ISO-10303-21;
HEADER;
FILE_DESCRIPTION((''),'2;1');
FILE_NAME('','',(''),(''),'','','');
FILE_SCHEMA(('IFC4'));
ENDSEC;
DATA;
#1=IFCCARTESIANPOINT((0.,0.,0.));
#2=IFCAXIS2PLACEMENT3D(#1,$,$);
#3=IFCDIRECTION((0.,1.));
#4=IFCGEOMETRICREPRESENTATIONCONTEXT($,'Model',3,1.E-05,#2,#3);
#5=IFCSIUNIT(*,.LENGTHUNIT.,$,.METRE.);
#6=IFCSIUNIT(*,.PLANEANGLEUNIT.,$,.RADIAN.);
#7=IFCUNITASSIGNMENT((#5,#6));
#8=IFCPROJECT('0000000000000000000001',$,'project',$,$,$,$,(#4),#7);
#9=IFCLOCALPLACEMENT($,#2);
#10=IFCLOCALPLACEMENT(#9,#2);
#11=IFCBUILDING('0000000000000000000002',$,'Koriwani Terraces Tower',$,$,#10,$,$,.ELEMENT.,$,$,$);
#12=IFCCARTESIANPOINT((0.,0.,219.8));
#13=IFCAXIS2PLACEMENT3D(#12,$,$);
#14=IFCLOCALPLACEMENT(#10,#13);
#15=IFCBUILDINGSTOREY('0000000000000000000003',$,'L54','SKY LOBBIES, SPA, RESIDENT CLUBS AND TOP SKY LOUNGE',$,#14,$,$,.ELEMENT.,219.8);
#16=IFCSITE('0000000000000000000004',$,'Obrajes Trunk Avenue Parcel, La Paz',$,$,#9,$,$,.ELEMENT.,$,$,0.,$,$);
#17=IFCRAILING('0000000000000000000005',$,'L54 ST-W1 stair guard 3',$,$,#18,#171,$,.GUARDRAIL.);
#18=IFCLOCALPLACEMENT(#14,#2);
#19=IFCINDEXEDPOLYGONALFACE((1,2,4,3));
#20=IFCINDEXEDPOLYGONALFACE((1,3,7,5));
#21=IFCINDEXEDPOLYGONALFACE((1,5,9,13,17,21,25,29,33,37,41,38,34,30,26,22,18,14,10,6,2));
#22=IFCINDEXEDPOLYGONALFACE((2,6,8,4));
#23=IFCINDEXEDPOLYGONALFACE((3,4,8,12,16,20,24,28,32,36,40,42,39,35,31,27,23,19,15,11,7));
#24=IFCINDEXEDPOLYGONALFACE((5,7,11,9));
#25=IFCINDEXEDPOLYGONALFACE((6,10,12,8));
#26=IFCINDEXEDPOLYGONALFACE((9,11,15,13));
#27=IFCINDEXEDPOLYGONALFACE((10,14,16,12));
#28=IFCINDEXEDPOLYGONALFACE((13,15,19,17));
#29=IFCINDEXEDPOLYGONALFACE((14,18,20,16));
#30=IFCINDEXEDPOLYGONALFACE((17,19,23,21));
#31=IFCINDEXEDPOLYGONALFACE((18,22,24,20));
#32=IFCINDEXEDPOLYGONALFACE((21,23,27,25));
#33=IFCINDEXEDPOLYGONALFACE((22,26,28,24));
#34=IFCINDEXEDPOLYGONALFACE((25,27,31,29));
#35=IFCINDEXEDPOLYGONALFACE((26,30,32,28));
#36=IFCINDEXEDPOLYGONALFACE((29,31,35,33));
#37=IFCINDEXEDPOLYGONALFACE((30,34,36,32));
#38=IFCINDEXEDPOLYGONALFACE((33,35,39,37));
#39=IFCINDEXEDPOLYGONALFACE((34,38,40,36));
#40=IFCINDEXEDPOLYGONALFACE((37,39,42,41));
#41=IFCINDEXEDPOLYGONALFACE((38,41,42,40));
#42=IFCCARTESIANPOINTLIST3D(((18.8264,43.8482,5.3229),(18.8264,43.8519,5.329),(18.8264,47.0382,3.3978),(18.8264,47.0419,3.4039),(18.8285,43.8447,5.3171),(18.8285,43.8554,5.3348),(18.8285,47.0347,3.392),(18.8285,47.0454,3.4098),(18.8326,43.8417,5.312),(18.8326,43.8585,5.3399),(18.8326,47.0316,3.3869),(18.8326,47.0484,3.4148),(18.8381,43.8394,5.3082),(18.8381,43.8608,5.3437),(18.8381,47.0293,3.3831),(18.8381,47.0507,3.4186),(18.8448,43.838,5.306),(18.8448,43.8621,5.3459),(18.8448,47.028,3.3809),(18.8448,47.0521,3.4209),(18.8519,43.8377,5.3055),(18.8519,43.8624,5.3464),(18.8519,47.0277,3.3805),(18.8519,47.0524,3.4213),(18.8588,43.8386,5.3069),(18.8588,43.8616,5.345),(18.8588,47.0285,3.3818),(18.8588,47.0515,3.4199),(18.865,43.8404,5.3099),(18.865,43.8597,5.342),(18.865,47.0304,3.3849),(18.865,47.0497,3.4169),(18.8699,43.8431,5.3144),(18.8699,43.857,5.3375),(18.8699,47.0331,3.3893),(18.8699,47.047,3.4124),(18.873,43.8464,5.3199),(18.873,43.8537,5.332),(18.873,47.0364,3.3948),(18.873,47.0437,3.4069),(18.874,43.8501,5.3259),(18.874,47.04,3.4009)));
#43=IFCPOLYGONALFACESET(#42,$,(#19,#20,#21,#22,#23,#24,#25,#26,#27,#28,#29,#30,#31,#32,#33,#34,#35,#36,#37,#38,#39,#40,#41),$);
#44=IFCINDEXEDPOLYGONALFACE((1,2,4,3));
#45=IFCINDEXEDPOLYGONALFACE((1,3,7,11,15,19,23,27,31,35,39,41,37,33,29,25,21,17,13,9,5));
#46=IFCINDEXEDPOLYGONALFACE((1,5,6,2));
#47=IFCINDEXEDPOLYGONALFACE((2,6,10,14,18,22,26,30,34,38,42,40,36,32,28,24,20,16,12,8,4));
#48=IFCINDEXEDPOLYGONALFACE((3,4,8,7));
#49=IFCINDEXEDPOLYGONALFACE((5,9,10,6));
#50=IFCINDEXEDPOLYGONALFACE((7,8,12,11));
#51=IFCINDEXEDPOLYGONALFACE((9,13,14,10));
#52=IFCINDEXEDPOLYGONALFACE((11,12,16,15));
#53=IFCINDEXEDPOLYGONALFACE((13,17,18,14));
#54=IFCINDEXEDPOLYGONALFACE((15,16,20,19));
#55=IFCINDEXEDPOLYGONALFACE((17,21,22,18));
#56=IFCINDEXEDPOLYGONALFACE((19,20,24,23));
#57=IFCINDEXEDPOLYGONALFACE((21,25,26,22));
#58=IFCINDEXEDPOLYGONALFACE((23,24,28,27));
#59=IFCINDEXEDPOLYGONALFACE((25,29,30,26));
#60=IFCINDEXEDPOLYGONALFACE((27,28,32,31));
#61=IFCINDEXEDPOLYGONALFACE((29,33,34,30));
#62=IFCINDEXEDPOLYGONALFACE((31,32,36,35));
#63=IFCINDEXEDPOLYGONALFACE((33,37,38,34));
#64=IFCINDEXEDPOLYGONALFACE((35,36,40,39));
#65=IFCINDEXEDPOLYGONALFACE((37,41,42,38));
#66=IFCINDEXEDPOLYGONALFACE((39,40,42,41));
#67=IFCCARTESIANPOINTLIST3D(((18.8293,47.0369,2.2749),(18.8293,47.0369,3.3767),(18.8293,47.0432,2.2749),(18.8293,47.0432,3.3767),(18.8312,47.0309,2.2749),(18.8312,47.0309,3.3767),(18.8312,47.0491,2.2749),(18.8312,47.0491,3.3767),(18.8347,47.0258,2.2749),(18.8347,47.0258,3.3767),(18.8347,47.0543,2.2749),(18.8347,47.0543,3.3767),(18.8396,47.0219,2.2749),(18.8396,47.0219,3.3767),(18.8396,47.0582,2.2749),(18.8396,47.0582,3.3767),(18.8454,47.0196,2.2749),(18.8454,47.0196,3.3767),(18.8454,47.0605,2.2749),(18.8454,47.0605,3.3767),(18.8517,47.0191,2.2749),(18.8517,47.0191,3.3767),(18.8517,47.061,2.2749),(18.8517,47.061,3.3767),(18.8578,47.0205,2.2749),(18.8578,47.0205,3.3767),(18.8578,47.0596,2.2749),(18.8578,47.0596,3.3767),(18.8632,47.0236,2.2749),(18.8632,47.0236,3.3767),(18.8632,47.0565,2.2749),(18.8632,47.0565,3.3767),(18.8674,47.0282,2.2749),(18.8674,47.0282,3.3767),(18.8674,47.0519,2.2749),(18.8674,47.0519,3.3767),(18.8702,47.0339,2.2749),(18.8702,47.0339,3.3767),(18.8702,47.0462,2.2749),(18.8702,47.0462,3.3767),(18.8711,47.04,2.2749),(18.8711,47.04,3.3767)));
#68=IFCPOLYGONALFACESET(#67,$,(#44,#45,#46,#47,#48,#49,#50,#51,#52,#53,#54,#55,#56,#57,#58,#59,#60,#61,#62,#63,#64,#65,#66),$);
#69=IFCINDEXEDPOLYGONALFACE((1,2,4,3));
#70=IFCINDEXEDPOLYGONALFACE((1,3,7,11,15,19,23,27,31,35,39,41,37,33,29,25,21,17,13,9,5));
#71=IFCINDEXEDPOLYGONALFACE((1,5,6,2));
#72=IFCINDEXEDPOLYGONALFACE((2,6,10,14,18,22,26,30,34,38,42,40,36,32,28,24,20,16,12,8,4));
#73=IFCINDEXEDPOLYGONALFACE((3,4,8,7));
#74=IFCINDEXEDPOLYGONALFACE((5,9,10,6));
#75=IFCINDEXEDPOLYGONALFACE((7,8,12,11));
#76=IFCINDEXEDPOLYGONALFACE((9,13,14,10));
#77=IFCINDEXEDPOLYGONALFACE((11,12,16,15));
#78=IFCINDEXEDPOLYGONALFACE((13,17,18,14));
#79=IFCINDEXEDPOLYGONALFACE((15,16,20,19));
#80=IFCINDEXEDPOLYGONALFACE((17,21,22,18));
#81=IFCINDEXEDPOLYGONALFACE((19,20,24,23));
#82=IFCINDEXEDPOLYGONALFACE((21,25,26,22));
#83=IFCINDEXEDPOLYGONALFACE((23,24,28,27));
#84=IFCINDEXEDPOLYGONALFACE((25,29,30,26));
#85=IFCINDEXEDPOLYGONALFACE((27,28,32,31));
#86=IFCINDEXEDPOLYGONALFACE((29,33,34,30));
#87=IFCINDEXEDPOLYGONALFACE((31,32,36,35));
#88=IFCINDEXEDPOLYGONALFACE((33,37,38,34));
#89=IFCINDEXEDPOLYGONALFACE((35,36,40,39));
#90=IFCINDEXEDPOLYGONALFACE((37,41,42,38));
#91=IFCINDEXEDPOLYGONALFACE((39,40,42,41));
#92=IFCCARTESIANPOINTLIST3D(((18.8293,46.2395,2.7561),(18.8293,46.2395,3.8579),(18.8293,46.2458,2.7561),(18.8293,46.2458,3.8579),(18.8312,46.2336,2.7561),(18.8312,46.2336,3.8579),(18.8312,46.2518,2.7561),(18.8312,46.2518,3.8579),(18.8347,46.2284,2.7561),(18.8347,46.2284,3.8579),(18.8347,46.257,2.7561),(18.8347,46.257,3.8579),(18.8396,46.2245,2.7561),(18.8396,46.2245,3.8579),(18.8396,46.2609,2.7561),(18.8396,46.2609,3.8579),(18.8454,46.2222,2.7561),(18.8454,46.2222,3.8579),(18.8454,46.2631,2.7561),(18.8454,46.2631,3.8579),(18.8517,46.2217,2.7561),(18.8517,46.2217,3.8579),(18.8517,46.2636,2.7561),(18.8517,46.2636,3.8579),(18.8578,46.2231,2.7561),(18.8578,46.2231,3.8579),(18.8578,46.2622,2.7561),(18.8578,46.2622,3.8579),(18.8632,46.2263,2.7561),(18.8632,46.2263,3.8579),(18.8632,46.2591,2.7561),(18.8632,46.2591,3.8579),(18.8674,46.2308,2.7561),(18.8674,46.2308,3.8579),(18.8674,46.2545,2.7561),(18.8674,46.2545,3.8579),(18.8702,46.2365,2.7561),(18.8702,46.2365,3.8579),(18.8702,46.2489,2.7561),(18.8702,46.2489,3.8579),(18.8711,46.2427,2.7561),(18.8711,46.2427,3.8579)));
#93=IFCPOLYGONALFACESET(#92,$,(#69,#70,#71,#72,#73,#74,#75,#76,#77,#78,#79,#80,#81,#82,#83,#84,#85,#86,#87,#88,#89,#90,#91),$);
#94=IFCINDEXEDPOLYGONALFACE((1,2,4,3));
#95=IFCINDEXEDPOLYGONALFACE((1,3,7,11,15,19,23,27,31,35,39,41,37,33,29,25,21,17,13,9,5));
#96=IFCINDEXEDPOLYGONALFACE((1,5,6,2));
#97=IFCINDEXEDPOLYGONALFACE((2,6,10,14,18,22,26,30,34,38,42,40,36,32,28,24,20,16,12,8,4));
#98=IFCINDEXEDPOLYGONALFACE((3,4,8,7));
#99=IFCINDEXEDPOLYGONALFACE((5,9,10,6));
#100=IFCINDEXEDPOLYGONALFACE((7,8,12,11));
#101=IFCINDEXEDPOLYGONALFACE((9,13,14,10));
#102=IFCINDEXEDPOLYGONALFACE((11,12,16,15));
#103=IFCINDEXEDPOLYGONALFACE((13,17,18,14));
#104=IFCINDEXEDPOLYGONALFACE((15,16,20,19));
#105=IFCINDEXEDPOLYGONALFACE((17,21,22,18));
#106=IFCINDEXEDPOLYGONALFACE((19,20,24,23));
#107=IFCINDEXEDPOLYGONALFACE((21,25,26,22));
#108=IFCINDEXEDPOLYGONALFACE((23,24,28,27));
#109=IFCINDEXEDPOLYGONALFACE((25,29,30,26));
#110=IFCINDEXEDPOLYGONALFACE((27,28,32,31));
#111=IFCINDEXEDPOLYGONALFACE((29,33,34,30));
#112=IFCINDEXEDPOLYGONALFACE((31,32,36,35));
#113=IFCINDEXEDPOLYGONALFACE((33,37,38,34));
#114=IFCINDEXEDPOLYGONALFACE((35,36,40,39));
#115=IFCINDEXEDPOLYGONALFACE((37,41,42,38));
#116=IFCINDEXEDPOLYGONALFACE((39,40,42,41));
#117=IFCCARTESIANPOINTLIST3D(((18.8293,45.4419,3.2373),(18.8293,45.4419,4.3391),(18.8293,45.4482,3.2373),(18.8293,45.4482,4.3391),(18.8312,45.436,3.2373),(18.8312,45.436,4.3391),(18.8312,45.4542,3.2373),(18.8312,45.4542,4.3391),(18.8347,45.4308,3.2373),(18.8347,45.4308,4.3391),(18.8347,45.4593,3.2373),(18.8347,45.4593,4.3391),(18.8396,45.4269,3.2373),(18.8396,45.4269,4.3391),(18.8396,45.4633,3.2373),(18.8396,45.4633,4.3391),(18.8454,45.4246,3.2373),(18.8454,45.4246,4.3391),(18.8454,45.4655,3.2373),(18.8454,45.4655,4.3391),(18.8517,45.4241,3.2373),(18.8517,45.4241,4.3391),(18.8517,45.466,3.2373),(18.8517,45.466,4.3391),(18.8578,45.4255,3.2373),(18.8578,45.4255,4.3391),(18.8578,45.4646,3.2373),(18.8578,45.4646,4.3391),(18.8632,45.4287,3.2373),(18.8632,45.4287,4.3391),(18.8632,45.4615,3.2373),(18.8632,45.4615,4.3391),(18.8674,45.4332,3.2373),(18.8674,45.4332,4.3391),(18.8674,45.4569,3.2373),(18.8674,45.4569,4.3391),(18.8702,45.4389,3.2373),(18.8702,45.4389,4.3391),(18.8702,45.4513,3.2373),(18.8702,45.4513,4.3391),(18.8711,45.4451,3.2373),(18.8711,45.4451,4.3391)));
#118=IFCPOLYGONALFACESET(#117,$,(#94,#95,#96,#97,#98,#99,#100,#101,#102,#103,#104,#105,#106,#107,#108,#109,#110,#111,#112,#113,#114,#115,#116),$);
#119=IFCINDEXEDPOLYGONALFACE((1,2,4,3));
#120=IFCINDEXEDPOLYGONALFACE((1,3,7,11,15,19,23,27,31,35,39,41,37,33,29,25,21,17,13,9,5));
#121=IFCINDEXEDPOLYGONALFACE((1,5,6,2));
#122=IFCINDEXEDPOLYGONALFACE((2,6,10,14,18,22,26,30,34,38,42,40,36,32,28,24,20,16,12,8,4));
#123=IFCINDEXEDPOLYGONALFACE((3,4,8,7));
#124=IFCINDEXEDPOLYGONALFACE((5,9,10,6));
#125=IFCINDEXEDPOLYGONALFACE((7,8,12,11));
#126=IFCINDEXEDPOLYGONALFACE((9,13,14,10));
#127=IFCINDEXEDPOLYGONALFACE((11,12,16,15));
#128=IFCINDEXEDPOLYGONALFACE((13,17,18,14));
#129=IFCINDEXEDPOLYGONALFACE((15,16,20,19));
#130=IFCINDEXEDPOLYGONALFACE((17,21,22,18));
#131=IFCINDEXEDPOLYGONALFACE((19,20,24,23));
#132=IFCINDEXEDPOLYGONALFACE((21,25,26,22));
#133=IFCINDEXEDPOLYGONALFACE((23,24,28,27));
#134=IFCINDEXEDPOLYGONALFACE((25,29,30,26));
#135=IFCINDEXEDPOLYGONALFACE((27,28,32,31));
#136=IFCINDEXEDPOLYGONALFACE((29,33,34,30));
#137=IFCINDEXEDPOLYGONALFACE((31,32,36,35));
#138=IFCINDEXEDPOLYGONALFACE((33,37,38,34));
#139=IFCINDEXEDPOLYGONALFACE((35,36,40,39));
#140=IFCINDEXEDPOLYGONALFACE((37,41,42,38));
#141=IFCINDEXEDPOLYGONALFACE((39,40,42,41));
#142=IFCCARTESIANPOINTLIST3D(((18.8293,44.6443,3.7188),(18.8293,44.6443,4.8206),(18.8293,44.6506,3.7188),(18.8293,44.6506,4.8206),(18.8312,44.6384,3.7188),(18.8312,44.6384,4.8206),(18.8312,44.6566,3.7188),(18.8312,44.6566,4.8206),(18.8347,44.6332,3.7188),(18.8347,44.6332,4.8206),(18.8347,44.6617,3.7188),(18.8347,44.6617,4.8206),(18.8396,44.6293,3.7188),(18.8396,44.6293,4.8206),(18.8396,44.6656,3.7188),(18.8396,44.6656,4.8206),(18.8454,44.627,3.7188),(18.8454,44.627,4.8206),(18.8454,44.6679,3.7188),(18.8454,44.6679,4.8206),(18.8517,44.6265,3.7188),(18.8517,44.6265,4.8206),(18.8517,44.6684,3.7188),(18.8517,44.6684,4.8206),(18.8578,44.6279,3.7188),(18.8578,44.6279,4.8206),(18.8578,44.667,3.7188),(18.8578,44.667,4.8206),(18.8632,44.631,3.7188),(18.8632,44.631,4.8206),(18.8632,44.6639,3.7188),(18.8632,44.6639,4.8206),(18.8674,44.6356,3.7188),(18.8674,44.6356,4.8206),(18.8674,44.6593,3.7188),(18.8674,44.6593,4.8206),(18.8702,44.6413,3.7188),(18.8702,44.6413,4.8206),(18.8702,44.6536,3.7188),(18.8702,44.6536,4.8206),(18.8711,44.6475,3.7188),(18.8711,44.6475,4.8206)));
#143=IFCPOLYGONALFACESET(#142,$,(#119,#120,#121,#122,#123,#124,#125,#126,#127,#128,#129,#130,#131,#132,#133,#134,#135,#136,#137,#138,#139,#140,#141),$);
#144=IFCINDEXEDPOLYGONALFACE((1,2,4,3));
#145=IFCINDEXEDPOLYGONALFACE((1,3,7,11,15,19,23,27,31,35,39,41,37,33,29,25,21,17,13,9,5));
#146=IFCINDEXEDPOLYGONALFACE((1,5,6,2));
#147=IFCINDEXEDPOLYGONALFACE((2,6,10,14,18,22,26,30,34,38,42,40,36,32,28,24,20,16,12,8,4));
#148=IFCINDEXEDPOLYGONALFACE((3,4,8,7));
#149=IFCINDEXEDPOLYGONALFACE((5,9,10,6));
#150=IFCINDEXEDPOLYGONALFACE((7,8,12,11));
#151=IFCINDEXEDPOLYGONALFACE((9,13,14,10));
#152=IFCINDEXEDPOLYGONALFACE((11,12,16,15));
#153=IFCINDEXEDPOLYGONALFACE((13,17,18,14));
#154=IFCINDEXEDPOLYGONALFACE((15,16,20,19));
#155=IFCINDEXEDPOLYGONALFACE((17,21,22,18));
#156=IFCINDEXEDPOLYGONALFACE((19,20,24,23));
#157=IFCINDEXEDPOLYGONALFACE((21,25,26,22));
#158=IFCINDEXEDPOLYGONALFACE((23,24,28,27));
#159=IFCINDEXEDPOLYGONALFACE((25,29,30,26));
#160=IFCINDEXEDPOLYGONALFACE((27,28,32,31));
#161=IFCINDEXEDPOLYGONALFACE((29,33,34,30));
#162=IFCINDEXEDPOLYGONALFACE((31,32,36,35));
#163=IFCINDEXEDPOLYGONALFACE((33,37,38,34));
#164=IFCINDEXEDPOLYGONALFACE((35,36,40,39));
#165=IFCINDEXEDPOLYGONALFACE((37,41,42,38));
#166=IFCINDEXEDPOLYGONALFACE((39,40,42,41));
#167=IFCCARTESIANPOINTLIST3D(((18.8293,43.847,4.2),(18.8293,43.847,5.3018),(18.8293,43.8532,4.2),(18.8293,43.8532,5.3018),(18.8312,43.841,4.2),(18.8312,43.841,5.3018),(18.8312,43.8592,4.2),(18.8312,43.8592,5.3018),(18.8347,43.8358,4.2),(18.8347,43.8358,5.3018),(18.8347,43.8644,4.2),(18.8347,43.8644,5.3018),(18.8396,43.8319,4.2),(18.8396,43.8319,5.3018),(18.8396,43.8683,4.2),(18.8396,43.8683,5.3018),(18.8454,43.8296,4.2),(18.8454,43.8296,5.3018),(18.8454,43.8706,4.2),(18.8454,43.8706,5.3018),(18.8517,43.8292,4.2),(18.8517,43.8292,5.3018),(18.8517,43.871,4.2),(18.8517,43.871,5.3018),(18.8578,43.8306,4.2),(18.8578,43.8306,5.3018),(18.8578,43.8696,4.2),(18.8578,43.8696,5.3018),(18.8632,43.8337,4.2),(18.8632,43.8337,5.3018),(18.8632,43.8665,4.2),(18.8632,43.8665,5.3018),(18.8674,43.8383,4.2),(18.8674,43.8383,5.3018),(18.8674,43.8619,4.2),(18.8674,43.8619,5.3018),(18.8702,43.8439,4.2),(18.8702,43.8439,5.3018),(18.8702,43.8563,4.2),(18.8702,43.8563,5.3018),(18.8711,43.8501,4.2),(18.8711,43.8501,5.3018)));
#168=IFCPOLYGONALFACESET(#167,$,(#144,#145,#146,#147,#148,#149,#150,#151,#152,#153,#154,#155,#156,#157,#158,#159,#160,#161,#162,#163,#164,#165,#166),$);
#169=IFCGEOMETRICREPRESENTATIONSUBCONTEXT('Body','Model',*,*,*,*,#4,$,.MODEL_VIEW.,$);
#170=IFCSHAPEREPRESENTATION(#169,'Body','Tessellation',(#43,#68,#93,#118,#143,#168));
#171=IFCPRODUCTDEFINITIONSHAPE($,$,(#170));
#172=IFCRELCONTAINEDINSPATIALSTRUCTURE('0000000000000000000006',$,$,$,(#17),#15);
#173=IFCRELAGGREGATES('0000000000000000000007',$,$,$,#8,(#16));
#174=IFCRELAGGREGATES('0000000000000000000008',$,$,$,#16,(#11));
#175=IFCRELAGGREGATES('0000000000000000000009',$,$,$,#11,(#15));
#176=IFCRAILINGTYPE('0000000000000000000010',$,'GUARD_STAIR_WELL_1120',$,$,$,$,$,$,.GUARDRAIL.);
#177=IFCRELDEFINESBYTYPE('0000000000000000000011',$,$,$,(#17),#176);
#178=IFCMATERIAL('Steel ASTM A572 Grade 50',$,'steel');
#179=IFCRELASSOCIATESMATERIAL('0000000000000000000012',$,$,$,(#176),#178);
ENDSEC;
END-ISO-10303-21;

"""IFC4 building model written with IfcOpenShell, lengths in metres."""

from ifc_helpers import new_model, si_unit, direction, frame, origin, origin_2d, place, context, subcontext, project, spatial, circle, extrude, material, type_object, element, save


model = new_model("IFC4")

# Units and contexts
model_context = context("Model", 3, precision=1e-05, world=origin(), true_north=direction((0.0, 1.0)))
body_context = subcontext(model_context, "Body", "Model", "MODEL_VIEW")
ifc_project = project(units=[si_unit("LENGTHUNIT", "METRE"), si_unit("PLANEANGLEUNIT", "RADIAN")], contexts=[model_context])

# Site, building, storey
site_placement = place(None, origin())
site = spatial("IfcSite", under=ifc_project, at=site_placement, Name="Obrajes Trunk Avenue Parcel, La Paz", CompositionType="ELEMENT", RefElevation=0.0)
building_placement = place(site_placement, origin())
building = spatial("IfcBuilding", under=site, at=building_placement, Name="Koriwani Terraces Tower", CompositionType="ELEMENT")
storey_placement = place(building_placement, frame((0.0, 0.0, 219.8)))
storey = spatial("IfcBuildingStorey", under=building, at=storey_placement, Name="L54", Description="SKY LOBBIES, SPA, RESIDENT CLUBS AND TOP SKY LOUNGE", CompositionType="ELEMENT", Elevation=219.8)

# Shared definitions
ifc_material_1 = material(Name="Steel ASTM A572 Grade 50", Category="steel")

# Railing
railing_type_1 = type_object("IfcRailingType", Name="GUARD_STAIR_WELL_1120", PredefinedType="GUARDRAIL", material=ifc_material_1)
railing_1_placement = place(storey_placement, frame((18.8501, 47.04, 2.2749)))
element("IfcRailing", 1, at=railing_1_placement, inside=storey, type_object=railing_type_1, Name="L54 ST-W1 stair guard 3", PredefinedType="GUARDRAIL", context=body_context, shape_type="SweptSolid", body=[
    extrude(circle(Radius=0.0239, at=origin_2d()), frame((0.0, 0.0, 1.126), z_axis=(0.0, -0.856178, 0.516682), x_axis=(1.0, 0.0, 0.0)), (0.0, 0.0, 1.0), 3.7258),
    extrude(circle(Radius=0.021, at=origin_2d()), origin(), (0.0, 0.0, 1.0), 1.1018),
    extrude(circle(Radius=0.021, at=origin_2d()), frame((0.0, -0.7974, 0.4812)), (0.0, 0.0, 1.0), 1.1018),
    extrude(circle(Radius=0.021, at=origin_2d()), frame((0.0, -1.595, 0.9624)), (0.0, 0.0, 1.0), 1.1018),
    extrude(circle(Radius=0.021, at=origin_2d()), frame((0.0, -2.3926, 1.4438)), (0.0, 0.0, 1.0), 1.1018),
    extrude(circle(Radius=0.021, at=origin_2d()), frame((0.0, -3.1899, 1.925)), (0.0, 0.0, 1.0), 1.1018),
])

save(model, "model.ifc")
